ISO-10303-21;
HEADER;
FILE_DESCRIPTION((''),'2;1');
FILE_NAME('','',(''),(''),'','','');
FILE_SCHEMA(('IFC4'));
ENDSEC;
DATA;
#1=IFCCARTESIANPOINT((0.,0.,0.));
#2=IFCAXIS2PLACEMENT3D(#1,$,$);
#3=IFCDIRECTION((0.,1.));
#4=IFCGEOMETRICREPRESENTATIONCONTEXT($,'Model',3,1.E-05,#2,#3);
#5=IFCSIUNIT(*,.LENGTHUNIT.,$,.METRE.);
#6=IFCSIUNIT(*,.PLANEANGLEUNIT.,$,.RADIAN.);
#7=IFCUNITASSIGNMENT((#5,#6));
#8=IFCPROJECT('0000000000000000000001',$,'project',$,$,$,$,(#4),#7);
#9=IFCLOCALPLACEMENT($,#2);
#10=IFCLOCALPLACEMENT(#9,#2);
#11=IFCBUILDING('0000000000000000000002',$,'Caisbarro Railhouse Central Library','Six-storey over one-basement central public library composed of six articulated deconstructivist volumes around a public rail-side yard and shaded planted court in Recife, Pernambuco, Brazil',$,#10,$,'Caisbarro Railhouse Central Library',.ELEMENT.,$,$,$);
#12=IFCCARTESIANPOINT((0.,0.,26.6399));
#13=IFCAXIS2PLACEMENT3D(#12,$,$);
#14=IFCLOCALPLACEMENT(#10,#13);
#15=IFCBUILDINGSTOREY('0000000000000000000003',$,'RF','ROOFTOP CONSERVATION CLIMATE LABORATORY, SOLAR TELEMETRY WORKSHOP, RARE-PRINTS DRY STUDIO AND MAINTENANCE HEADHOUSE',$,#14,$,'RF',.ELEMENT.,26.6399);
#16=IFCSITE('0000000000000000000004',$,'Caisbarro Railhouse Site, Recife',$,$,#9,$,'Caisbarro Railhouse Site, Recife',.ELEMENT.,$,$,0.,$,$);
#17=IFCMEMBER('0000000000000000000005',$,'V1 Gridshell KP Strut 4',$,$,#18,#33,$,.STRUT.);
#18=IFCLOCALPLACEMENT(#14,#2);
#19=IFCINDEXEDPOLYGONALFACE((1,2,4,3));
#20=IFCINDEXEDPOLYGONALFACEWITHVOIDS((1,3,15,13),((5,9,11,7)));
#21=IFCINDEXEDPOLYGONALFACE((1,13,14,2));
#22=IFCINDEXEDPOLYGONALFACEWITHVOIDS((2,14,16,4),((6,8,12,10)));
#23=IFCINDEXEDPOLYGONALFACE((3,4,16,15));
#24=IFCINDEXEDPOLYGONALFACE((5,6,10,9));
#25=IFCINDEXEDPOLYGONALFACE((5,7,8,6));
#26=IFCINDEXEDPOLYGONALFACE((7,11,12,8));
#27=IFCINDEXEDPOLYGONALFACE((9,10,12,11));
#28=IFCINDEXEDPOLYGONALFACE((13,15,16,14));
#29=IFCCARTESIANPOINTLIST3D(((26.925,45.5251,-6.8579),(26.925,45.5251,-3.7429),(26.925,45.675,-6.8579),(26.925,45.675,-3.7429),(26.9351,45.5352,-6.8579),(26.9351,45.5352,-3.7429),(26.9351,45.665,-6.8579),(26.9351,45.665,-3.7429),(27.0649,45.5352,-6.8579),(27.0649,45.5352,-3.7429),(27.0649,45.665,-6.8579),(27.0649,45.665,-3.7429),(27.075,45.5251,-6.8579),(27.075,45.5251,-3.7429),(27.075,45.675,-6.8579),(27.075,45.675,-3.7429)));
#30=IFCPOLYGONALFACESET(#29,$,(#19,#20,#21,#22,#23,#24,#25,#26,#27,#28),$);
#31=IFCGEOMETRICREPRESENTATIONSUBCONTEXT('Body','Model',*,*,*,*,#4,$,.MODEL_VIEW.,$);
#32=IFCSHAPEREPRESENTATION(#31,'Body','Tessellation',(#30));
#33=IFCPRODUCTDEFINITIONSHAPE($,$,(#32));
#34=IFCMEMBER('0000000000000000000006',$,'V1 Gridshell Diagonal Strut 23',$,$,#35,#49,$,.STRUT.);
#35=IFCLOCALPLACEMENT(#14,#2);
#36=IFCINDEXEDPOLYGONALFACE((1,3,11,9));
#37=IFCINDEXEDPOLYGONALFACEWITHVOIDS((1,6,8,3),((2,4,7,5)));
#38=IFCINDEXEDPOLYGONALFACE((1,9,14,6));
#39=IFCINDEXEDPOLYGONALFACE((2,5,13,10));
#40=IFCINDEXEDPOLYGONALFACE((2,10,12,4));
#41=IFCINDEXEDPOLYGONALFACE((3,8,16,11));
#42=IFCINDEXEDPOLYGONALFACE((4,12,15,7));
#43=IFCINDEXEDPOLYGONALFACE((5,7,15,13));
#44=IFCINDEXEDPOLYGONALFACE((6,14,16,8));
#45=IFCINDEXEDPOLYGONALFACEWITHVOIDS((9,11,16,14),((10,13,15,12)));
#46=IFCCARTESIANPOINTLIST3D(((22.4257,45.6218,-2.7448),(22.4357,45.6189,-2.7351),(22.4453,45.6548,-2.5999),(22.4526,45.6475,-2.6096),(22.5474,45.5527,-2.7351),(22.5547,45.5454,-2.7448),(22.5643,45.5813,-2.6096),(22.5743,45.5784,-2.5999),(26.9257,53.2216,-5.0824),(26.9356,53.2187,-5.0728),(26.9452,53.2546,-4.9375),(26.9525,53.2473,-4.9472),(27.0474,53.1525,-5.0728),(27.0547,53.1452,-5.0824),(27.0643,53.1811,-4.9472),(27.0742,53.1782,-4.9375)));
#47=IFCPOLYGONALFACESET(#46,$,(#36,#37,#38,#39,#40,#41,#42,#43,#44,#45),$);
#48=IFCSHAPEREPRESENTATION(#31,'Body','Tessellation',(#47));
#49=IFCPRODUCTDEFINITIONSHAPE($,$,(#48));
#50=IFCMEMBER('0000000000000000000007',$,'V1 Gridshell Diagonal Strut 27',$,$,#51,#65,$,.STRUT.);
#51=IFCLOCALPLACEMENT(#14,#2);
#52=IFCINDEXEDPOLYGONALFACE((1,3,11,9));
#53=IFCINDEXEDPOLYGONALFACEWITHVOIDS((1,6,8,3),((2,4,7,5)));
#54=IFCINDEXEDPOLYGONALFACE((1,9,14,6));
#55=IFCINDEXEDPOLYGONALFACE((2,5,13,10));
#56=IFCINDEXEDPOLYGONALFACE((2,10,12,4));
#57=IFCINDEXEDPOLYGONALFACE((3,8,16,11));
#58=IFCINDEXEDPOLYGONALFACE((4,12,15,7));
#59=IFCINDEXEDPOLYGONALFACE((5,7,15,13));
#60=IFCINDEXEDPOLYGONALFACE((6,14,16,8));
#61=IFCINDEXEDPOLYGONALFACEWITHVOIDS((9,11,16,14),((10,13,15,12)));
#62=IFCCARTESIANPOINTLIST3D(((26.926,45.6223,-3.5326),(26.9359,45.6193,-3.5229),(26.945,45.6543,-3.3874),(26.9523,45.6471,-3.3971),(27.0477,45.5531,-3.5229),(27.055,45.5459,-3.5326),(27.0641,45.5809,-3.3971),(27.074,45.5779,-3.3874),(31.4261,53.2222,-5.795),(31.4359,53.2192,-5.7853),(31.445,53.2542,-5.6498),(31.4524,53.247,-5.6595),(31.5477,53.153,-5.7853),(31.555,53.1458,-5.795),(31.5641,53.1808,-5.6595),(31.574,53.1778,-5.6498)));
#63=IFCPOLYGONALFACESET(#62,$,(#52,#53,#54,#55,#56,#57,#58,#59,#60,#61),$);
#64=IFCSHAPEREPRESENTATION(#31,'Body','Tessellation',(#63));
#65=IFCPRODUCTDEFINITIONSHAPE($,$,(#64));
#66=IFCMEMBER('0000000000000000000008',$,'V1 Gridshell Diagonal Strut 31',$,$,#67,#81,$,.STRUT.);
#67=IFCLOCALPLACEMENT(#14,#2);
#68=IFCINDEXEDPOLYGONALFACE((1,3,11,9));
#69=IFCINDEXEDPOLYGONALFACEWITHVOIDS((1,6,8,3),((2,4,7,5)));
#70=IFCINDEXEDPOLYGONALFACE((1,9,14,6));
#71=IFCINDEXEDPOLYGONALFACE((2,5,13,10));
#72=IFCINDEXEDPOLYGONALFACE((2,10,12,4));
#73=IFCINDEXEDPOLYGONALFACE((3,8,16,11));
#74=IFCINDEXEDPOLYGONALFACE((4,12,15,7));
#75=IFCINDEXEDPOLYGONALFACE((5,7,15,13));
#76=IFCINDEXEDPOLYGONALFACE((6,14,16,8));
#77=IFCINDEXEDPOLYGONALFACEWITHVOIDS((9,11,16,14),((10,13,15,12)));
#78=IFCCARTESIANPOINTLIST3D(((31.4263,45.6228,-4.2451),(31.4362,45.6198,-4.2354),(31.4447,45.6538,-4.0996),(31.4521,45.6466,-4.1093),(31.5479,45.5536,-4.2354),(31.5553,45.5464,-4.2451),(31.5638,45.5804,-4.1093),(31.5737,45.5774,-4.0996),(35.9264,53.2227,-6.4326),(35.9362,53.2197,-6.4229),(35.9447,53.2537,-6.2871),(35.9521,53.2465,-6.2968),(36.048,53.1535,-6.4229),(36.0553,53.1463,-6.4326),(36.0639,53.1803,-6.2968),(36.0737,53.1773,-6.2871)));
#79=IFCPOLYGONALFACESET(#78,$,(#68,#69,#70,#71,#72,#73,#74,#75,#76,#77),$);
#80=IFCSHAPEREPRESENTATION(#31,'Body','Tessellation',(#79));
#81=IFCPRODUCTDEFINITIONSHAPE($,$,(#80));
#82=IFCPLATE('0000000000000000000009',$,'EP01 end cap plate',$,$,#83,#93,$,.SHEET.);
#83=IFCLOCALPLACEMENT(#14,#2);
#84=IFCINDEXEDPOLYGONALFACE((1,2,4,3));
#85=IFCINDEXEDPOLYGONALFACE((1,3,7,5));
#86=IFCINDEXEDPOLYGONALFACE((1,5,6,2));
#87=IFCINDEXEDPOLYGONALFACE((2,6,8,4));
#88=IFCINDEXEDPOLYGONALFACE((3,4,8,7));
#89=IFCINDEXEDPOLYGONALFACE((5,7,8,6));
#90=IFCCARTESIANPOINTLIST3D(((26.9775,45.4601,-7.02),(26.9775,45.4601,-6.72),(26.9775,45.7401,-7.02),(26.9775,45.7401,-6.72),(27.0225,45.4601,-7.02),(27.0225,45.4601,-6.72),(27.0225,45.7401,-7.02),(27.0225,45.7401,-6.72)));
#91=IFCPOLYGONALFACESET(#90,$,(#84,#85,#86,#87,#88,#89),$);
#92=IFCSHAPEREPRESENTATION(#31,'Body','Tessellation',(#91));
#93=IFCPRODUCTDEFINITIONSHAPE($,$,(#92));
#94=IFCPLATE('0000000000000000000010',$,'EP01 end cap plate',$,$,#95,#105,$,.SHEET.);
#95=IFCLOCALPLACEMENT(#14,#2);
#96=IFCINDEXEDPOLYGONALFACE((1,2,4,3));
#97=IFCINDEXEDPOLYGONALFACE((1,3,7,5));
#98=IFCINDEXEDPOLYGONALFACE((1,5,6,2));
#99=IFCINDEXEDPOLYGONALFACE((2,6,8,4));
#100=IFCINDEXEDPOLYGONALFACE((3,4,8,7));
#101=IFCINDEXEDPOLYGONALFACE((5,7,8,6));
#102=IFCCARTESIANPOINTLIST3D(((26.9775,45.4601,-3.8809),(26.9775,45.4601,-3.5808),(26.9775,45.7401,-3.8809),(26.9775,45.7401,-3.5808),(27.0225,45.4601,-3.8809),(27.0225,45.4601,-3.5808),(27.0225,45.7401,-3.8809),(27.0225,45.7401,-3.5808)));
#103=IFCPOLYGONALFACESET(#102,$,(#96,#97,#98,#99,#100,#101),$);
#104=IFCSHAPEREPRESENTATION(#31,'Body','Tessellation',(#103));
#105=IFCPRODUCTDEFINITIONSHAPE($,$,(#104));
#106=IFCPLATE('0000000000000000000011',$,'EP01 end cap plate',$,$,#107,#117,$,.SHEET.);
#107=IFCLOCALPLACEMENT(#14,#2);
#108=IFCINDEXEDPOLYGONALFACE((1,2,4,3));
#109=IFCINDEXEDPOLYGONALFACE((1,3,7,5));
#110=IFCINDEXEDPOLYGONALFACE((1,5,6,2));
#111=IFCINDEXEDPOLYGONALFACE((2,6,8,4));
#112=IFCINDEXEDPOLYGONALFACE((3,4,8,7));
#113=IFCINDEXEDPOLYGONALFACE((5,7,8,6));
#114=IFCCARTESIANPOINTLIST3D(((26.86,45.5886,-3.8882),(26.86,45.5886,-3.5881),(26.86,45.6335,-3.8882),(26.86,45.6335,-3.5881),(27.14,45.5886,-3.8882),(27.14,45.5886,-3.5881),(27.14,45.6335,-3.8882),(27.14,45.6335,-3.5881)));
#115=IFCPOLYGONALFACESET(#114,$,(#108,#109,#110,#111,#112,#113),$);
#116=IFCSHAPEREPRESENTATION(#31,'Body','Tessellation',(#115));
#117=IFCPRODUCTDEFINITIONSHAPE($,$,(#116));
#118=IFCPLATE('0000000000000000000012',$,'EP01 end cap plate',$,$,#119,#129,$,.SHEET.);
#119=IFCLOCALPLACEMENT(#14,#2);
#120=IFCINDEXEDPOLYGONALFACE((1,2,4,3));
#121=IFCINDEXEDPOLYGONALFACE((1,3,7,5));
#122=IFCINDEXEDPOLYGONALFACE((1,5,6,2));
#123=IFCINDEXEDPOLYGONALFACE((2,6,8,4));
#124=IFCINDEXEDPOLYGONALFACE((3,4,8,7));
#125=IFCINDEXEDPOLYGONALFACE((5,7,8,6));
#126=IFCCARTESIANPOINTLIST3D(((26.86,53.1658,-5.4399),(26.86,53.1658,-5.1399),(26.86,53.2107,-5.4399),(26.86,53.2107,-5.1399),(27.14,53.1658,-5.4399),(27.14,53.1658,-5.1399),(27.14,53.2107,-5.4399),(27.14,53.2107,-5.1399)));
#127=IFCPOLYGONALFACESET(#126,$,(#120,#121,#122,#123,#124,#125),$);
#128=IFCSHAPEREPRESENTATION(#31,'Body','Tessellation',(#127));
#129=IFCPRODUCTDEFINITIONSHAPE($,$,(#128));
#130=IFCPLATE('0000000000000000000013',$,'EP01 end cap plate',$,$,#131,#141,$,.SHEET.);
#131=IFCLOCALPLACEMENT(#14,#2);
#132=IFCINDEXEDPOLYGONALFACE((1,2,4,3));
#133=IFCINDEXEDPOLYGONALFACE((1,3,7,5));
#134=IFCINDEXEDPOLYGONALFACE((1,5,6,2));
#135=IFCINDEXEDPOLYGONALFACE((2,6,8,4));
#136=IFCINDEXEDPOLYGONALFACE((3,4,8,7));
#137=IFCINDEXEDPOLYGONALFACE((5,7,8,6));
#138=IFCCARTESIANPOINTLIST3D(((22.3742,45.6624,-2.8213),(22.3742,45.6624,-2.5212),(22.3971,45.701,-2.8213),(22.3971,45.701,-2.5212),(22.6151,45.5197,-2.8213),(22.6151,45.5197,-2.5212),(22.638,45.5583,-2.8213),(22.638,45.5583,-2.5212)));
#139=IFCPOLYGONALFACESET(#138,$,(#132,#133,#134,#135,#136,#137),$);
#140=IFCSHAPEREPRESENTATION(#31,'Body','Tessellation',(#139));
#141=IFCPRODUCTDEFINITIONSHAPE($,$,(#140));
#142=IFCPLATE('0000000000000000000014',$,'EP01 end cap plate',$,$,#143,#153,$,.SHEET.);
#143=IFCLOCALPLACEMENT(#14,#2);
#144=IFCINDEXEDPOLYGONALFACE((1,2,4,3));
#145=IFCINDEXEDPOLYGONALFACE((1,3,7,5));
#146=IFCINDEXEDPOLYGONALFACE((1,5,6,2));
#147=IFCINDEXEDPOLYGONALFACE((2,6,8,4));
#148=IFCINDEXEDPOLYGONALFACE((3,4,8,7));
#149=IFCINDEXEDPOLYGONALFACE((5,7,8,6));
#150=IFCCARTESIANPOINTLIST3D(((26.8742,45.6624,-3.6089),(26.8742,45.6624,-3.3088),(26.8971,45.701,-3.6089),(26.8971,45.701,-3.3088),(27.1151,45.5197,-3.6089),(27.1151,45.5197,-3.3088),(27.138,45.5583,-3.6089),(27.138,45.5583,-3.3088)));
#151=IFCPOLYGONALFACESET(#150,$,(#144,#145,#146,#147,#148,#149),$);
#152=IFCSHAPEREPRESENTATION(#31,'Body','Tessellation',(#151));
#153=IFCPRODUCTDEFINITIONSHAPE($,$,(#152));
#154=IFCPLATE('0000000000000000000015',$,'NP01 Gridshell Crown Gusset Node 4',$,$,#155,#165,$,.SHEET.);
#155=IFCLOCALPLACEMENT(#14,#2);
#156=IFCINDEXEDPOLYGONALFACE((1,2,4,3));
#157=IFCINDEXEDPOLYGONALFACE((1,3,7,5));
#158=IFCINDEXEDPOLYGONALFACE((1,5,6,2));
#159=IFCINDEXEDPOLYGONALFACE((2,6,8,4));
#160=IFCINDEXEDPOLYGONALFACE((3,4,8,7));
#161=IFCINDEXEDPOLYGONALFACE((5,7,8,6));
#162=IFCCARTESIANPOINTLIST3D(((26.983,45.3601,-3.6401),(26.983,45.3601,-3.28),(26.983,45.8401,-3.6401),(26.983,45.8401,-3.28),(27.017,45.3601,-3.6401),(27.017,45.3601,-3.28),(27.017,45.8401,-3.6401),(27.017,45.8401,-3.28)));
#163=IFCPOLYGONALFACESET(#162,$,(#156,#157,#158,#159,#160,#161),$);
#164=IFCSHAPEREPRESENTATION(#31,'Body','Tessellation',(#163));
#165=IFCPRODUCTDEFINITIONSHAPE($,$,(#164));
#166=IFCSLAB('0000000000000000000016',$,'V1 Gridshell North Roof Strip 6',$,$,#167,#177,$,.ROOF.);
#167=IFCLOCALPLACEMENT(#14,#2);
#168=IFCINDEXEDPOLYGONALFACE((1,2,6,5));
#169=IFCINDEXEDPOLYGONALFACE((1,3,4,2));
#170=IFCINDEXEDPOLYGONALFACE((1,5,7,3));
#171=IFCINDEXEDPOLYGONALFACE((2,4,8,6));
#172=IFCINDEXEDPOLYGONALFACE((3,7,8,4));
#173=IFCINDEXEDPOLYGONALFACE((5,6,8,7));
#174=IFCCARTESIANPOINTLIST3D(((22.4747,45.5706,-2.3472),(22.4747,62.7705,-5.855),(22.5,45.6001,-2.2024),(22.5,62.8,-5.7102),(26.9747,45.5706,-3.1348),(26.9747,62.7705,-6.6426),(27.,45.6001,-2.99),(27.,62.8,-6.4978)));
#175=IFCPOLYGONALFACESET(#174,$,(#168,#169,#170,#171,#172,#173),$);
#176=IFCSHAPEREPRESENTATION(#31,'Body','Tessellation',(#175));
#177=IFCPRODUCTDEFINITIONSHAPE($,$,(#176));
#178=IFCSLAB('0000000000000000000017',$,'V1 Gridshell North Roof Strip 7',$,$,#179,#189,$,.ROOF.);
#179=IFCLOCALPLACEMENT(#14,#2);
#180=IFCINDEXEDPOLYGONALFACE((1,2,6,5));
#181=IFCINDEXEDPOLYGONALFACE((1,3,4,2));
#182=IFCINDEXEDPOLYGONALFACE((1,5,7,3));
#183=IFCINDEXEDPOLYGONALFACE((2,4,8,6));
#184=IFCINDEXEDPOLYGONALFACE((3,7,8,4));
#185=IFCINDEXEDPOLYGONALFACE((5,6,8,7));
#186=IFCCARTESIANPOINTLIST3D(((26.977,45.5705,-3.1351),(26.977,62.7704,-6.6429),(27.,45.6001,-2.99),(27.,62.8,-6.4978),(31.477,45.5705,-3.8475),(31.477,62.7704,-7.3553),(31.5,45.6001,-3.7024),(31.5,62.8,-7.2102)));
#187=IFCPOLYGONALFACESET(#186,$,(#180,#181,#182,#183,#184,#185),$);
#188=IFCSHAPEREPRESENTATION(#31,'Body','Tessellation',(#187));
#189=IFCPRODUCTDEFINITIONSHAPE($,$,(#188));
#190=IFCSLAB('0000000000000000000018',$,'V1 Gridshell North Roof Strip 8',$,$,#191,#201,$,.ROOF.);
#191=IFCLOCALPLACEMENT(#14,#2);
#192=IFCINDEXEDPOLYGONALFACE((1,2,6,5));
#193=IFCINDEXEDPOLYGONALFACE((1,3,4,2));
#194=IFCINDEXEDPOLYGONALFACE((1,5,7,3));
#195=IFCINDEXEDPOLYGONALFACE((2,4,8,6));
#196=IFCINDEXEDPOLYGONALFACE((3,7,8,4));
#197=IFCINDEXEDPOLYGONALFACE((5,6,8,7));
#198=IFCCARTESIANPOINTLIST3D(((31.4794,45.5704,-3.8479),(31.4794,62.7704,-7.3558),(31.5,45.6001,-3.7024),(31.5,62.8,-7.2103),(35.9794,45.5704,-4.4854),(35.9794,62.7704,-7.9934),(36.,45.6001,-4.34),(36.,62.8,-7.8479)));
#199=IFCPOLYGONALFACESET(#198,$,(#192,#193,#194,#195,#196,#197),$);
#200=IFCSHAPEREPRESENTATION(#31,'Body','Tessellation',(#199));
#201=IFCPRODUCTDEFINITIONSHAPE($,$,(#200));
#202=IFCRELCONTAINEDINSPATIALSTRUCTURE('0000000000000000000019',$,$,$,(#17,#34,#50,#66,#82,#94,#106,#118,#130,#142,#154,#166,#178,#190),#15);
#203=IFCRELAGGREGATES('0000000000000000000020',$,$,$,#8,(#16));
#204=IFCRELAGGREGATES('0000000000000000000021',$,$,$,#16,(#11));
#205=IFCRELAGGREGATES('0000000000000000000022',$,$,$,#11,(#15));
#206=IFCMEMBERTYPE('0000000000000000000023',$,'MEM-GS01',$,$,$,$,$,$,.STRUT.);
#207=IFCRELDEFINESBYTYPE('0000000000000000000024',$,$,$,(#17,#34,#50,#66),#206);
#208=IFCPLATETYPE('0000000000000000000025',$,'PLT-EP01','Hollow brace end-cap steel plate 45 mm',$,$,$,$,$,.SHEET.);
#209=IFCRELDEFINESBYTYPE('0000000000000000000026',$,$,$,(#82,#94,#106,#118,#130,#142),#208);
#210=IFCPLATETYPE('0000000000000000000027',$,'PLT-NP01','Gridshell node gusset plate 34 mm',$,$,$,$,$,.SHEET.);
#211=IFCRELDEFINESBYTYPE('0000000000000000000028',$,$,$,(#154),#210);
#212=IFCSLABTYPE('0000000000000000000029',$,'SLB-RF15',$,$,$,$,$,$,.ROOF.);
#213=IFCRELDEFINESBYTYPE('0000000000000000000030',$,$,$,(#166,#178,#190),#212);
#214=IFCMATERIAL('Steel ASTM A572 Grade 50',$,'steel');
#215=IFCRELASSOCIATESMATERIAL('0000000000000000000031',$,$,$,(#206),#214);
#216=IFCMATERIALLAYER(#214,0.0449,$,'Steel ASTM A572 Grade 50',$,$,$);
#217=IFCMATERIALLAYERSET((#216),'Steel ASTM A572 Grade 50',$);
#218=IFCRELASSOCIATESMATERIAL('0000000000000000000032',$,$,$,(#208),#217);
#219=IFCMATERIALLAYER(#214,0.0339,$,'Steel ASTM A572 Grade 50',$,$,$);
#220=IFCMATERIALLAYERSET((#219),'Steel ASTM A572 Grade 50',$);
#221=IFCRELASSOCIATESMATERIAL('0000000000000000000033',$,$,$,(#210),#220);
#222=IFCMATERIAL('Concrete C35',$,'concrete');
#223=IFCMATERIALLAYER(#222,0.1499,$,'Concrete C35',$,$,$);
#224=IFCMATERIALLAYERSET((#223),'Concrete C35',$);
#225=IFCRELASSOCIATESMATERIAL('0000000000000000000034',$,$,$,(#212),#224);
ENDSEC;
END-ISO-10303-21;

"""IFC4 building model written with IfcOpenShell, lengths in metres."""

from ifc_helpers import new_model, si_unit, direction, frame, origin, origin_2d, place, context, subcontext, project, spatial, polyline, rectangle, hollow_rectangle, outline, extrude, material, layer, layer_set, material_profile, profile_set, type_object, element, save


model = new_model("IFC4")

# Units and contexts
model_context = context("Model", 3, precision=1e-05, world=origin(), true_north=direction((0.0, 1.0)))
body_context = subcontext(model_context, "Body", "Model", "MODEL_VIEW")
ifc_project = project(units=[si_unit("LENGTHUNIT", "METRE"), si_unit("PLANEANGLEUNIT", "RADIAN")], contexts=[model_context])

# Site, building, storey
site_placement = place(None, origin())
site = spatial("IfcSite", under=ifc_project, at=site_placement, Name="Caisbarro Railhouse Site, Recife", LongName="Caisbarro Railhouse Site, Recife", CompositionType="ELEMENT", RefElevation=0.0)
building_placement = place(site_placement, origin())
building = spatial("IfcBuilding", under=site, at=building_placement, Name="Caisbarro Railhouse Central Library", Description="Six-storey over one-basement central public library composed of six articulated deconstructivist volumes around a public rail-side yard and shaded planted court in Recife, Pernambuco, Brazil", LongName="Caisbarro Railhouse Central Library", CompositionType="ELEMENT")
storey_placement = place(building_placement, frame((0.0, 0.0, 26.6399)))
storey = spatial("IfcBuildingStorey", under=building, at=storey_placement, Name="RF", Description="ROOFTOP CONSERVATION CLIMATE LABORATORY, SOLAR TELEMETRY WORKSHOP, RARE-PRINTS DRY STUDIO AND MAINTENANCE HEADHOUSE", LongName="RF", CompositionType="ELEMENT", Elevation=26.6399)

# Shared definitions
ifc_material_1 = material(Name="Steel ASTM A572 Grade 50", Category="steel")

# Members
ifc_material_profile_1 = material_profile(ifc_material_1, hollow_rectangle(XDim=0.1499, YDim=0.1499, WallThickness=0.01, at=origin_2d()), Name="HSS150X150X10")
ifc_profile_set_1 = profile_set([ifc_material_profile_1], Name="Steel ASTM A572 Grade 50")
member_type = type_object("IfcMemberType", Name="MEM-GS01", PredefinedType="STRUT", material=ifc_profile_set_1)
member_1_placement = place(storey_placement, frame((27.0, 45.6001, -6.8579), z_axis=(0.0, 0.0, 1.0), x_axis=(1.0, 0.0, 0.0)))
element("IfcMember", 1, at=member_1_placement, inside=storey, type_object=member_type, Name="V1 Gridshell KP Strut 4", PredefinedType="STRUT", context=body_context, shape_type="SweptSolid", body=[
    extrude(hollow_rectangle(XDim=0.1499, YDim=0.1499, WallThickness=0.01, at=origin_2d()), origin(), (0.0, 0.0, 1.0), 3.115),
])
member_2_placement = place(storey_placement, frame((22.5, 45.6001, -2.6724), z_axis=(0.49254, 0.831829, -0.255863), x_axis=(-0.860471, 0.509499, 0.0)))
element("IfcMember", 2, at=member_2_placement, inside=storey, type_object=member_type, Name="V1 Gridshell Diagonal Strut 23", PredefinedType="STRUT", context=body_context, shape_type="SweptSolid", body=[
    extrude(hollow_rectangle(XDim=0.1499, YDim=0.1499, WallThickness=0.01, at=origin_2d()), origin(), (0.0, 0.0, 1.0), 9.1362),
])
member_3_placement = place(storey_placement, frame((27.0, 45.6001, -3.46), z_axis=(0.493563, 0.833558, -0.248147), x_axis=(-0.860471, 0.509499, 0.0)))
element("IfcMember", 3, at=member_3_placement, inside=storey, type_object=member_type, Name="V1 Gridshell Diagonal Strut 27", PredefinedType="STRUT", context=body_context, shape_type="SweptSolid", body=[
    extrude(hollow_rectangle(XDim=0.1499, YDim=0.1499, WallThickness=0.01, at=origin_2d()), origin(), (0.0, 0.0, 1.0), 9.1174),
])
member_4_placement = place(storey_placement, frame((31.5, 45.6001, -4.1724), z_axis=(0.494556, 0.835235, -0.240409), x_axis=(-0.860471, 0.509499, 0.0)))
element("IfcMember", 4, at=member_4_placement, inside=storey, type_object=member_type, Name="V1 Gridshell Diagonal Strut 31", PredefinedType="STRUT", context=body_context, shape_type="SweptSolid", body=[
    extrude(hollow_rectangle(XDim=0.1499, YDim=0.1499, WallThickness=0.01, at=origin_2d()), origin(), (0.0, 0.0, 1.0), 9.0991),
])

# Plates
ifc_layer_1 = layer(ifc_material_1, 0.0449, Name="Steel ASTM A572 Grade 50")
ifc_layer_set_1 = layer_set([ifc_layer_1], Name="Steel ASTM A572 Grade 50")
plate_type_1 = type_object("IfcPlateType", Name="PLT-EP01", Description="Hollow brace end-cap steel plate 45 mm", PredefinedType="SHEET", material=ifc_layer_set_1)
for number, where, z_axis, x_axis, name in (
    (5, (27.0, 45.6001, -7.02), (0.0, 0.0, 1.0), (1.0, 0.0, 0.0), "EP01 end cap plate"),
    (6, (27.0, 45.6001, -3.8809), (0.0, 0.0, 1.0), (1.0, 0.0, 0.0), "EP01 end cap plate"),
    (7, (27.0, 45.6111, -3.8882), (0.0, 0.0, 1.0), (0.0, 1.0, 0.0), "EP01 end cap plate"),
    (8, (27.0, 53.1882, -5.4399), (0.0, 0.0, 1.0), (0.0, -1.0, 0.0), "EP01 end cap plate"),
    (9, (22.5061, 45.6104, -2.8213), (0.0, 0.0, 1.0), (0.509492, 0.860475, 0.0), "EP01 end cap plate"),
    (10, (27.0061, 45.6104, -3.6089), (0.0, 0.0, 1.0), (0.509492, 0.860475, 0.0), "EP01 end cap plate"),
):
    element("IfcPlate", number, at=place(storey_placement, frame(where, z_axis=z_axis, x_axis=x_axis)), inside=storey, type_object=plate_type_1, Name=name, PredefinedType="SHEET", context=body_context, shape_type="SweptSolid", body=[
        extrude(rectangle(XDim=0.0449, YDim=0.28, at=origin_2d()), origin(), (0.0, 0.0, 1.0), 0.3),
    ])
ifc_layer_2 = layer(ifc_material_1, 0.0339, Name="Steel ASTM A572 Grade 50")
ifc_layer_set_2 = layer_set([ifc_layer_2], Name="Steel ASTM A572 Grade 50")
plate_type_2 = type_object("IfcPlateType", Name="PLT-NP01", Description="Gridshell node gusset plate 34 mm", PredefinedType="SHEET", material=ifc_layer_set_2)
plate_placement = place(storey_placement, frame((27.0, 45.6001, -3.6401), z_axis=(0.0, 0.0, 1.0), x_axis=(0.0, 1.0, 0.0)))
element("IfcPlate", 11, at=plate_placement, inside=storey, type_object=plate_type_2, Name="NP01 Gridshell Crown Gusset Node 4", PredefinedType="SHEET", context=body_context, shape_type="SweptSolid", body=[
    extrude(rectangle(XDim=0.48, YDim=0.0339, at=origin_2d()), origin(), (0.0, 0.0, 1.0), 0.3601),
])

# Slabs
ifc_material_2 = material(Name="Concrete C35", Category="concrete")
ifc_layer_3 = layer(ifc_material_2, 0.1499, Name="Concrete C35")
ifc_layer_set_3 = layer_set([ifc_layer_3], Name="Concrete C35")
slab_type = type_object("IfcSlabType", Name="SLB-RF15", PredefinedType="ROOF", material=ifc_layer_set_3)
slab_1_placement = place(storey_placement, frame((22.5, 45.6001, -2.2024), z_axis=(0.169024, 0.196955, 0.965733), x_axis=(0.985027, 0.0, -0.172401)))
element("IfcSlab", 12, at=slab_1_placement, inside=storey, type_object=slab_type, Name="V1 Gridshell North Roof Strip 6", PredefinedType="ROOF", context=body_context, shape_type="SweptSolid", body=[
    extrude(outline(polyline([(0.0, 0.0), (4.5684, 0.0), (5.1732, 17.5436), (0.6048, 17.5436), (0.0, 0.0)])), origin(), (0.0, 0.0, -1.0), 0.1499),
])
slab_2_placement = place(storey_placement, frame((27.0, 45.6001, -2.99), z_axis=(0.153285, 0.197468, 0.968251), x_axis=(0.987699, 0.0, -0.156364)))
element("IfcSlab", 13, at=slab_2_placement, inside=storey, type_object=slab_type, Name="V1 Gridshell North Roof Strip 7", PredefinedType="ROOF", context=body_context, shape_type="SweptSolid", body=[
    extrude(outline(polyline([(0.0, 0.0), (4.556, 0.0), (5.1045, 17.5454), (0.5485, 17.5454), (0.0, 0.0)])), origin(), (0.0, 0.0, -1.0), 0.1499),
])
slab_3_placement = place(storey_placement, frame((31.5, 45.6001, -3.7024), z_axis=(0.137506, 0.197938, 0.970522), x_axis=(0.990112, -0.000005, -0.140281)))
element("IfcSlab", 14, at=slab_3_placement, inside=storey, type_object=slab_type, Name="V1 Gridshell North Roof Strip 8", PredefinedType="ROOF", context=body_context, shape_type="SweptSolid", body=[
    extrude(outline(polyline([(0.0, 0.0), (4.5449, 0.0), (5.0369, 17.5472), (0.492, 17.5471), (0.0, 0.0)])), origin(), (0.0, 0.0, -1.0), 0.1499),
])

save(model, "model.ifc")
